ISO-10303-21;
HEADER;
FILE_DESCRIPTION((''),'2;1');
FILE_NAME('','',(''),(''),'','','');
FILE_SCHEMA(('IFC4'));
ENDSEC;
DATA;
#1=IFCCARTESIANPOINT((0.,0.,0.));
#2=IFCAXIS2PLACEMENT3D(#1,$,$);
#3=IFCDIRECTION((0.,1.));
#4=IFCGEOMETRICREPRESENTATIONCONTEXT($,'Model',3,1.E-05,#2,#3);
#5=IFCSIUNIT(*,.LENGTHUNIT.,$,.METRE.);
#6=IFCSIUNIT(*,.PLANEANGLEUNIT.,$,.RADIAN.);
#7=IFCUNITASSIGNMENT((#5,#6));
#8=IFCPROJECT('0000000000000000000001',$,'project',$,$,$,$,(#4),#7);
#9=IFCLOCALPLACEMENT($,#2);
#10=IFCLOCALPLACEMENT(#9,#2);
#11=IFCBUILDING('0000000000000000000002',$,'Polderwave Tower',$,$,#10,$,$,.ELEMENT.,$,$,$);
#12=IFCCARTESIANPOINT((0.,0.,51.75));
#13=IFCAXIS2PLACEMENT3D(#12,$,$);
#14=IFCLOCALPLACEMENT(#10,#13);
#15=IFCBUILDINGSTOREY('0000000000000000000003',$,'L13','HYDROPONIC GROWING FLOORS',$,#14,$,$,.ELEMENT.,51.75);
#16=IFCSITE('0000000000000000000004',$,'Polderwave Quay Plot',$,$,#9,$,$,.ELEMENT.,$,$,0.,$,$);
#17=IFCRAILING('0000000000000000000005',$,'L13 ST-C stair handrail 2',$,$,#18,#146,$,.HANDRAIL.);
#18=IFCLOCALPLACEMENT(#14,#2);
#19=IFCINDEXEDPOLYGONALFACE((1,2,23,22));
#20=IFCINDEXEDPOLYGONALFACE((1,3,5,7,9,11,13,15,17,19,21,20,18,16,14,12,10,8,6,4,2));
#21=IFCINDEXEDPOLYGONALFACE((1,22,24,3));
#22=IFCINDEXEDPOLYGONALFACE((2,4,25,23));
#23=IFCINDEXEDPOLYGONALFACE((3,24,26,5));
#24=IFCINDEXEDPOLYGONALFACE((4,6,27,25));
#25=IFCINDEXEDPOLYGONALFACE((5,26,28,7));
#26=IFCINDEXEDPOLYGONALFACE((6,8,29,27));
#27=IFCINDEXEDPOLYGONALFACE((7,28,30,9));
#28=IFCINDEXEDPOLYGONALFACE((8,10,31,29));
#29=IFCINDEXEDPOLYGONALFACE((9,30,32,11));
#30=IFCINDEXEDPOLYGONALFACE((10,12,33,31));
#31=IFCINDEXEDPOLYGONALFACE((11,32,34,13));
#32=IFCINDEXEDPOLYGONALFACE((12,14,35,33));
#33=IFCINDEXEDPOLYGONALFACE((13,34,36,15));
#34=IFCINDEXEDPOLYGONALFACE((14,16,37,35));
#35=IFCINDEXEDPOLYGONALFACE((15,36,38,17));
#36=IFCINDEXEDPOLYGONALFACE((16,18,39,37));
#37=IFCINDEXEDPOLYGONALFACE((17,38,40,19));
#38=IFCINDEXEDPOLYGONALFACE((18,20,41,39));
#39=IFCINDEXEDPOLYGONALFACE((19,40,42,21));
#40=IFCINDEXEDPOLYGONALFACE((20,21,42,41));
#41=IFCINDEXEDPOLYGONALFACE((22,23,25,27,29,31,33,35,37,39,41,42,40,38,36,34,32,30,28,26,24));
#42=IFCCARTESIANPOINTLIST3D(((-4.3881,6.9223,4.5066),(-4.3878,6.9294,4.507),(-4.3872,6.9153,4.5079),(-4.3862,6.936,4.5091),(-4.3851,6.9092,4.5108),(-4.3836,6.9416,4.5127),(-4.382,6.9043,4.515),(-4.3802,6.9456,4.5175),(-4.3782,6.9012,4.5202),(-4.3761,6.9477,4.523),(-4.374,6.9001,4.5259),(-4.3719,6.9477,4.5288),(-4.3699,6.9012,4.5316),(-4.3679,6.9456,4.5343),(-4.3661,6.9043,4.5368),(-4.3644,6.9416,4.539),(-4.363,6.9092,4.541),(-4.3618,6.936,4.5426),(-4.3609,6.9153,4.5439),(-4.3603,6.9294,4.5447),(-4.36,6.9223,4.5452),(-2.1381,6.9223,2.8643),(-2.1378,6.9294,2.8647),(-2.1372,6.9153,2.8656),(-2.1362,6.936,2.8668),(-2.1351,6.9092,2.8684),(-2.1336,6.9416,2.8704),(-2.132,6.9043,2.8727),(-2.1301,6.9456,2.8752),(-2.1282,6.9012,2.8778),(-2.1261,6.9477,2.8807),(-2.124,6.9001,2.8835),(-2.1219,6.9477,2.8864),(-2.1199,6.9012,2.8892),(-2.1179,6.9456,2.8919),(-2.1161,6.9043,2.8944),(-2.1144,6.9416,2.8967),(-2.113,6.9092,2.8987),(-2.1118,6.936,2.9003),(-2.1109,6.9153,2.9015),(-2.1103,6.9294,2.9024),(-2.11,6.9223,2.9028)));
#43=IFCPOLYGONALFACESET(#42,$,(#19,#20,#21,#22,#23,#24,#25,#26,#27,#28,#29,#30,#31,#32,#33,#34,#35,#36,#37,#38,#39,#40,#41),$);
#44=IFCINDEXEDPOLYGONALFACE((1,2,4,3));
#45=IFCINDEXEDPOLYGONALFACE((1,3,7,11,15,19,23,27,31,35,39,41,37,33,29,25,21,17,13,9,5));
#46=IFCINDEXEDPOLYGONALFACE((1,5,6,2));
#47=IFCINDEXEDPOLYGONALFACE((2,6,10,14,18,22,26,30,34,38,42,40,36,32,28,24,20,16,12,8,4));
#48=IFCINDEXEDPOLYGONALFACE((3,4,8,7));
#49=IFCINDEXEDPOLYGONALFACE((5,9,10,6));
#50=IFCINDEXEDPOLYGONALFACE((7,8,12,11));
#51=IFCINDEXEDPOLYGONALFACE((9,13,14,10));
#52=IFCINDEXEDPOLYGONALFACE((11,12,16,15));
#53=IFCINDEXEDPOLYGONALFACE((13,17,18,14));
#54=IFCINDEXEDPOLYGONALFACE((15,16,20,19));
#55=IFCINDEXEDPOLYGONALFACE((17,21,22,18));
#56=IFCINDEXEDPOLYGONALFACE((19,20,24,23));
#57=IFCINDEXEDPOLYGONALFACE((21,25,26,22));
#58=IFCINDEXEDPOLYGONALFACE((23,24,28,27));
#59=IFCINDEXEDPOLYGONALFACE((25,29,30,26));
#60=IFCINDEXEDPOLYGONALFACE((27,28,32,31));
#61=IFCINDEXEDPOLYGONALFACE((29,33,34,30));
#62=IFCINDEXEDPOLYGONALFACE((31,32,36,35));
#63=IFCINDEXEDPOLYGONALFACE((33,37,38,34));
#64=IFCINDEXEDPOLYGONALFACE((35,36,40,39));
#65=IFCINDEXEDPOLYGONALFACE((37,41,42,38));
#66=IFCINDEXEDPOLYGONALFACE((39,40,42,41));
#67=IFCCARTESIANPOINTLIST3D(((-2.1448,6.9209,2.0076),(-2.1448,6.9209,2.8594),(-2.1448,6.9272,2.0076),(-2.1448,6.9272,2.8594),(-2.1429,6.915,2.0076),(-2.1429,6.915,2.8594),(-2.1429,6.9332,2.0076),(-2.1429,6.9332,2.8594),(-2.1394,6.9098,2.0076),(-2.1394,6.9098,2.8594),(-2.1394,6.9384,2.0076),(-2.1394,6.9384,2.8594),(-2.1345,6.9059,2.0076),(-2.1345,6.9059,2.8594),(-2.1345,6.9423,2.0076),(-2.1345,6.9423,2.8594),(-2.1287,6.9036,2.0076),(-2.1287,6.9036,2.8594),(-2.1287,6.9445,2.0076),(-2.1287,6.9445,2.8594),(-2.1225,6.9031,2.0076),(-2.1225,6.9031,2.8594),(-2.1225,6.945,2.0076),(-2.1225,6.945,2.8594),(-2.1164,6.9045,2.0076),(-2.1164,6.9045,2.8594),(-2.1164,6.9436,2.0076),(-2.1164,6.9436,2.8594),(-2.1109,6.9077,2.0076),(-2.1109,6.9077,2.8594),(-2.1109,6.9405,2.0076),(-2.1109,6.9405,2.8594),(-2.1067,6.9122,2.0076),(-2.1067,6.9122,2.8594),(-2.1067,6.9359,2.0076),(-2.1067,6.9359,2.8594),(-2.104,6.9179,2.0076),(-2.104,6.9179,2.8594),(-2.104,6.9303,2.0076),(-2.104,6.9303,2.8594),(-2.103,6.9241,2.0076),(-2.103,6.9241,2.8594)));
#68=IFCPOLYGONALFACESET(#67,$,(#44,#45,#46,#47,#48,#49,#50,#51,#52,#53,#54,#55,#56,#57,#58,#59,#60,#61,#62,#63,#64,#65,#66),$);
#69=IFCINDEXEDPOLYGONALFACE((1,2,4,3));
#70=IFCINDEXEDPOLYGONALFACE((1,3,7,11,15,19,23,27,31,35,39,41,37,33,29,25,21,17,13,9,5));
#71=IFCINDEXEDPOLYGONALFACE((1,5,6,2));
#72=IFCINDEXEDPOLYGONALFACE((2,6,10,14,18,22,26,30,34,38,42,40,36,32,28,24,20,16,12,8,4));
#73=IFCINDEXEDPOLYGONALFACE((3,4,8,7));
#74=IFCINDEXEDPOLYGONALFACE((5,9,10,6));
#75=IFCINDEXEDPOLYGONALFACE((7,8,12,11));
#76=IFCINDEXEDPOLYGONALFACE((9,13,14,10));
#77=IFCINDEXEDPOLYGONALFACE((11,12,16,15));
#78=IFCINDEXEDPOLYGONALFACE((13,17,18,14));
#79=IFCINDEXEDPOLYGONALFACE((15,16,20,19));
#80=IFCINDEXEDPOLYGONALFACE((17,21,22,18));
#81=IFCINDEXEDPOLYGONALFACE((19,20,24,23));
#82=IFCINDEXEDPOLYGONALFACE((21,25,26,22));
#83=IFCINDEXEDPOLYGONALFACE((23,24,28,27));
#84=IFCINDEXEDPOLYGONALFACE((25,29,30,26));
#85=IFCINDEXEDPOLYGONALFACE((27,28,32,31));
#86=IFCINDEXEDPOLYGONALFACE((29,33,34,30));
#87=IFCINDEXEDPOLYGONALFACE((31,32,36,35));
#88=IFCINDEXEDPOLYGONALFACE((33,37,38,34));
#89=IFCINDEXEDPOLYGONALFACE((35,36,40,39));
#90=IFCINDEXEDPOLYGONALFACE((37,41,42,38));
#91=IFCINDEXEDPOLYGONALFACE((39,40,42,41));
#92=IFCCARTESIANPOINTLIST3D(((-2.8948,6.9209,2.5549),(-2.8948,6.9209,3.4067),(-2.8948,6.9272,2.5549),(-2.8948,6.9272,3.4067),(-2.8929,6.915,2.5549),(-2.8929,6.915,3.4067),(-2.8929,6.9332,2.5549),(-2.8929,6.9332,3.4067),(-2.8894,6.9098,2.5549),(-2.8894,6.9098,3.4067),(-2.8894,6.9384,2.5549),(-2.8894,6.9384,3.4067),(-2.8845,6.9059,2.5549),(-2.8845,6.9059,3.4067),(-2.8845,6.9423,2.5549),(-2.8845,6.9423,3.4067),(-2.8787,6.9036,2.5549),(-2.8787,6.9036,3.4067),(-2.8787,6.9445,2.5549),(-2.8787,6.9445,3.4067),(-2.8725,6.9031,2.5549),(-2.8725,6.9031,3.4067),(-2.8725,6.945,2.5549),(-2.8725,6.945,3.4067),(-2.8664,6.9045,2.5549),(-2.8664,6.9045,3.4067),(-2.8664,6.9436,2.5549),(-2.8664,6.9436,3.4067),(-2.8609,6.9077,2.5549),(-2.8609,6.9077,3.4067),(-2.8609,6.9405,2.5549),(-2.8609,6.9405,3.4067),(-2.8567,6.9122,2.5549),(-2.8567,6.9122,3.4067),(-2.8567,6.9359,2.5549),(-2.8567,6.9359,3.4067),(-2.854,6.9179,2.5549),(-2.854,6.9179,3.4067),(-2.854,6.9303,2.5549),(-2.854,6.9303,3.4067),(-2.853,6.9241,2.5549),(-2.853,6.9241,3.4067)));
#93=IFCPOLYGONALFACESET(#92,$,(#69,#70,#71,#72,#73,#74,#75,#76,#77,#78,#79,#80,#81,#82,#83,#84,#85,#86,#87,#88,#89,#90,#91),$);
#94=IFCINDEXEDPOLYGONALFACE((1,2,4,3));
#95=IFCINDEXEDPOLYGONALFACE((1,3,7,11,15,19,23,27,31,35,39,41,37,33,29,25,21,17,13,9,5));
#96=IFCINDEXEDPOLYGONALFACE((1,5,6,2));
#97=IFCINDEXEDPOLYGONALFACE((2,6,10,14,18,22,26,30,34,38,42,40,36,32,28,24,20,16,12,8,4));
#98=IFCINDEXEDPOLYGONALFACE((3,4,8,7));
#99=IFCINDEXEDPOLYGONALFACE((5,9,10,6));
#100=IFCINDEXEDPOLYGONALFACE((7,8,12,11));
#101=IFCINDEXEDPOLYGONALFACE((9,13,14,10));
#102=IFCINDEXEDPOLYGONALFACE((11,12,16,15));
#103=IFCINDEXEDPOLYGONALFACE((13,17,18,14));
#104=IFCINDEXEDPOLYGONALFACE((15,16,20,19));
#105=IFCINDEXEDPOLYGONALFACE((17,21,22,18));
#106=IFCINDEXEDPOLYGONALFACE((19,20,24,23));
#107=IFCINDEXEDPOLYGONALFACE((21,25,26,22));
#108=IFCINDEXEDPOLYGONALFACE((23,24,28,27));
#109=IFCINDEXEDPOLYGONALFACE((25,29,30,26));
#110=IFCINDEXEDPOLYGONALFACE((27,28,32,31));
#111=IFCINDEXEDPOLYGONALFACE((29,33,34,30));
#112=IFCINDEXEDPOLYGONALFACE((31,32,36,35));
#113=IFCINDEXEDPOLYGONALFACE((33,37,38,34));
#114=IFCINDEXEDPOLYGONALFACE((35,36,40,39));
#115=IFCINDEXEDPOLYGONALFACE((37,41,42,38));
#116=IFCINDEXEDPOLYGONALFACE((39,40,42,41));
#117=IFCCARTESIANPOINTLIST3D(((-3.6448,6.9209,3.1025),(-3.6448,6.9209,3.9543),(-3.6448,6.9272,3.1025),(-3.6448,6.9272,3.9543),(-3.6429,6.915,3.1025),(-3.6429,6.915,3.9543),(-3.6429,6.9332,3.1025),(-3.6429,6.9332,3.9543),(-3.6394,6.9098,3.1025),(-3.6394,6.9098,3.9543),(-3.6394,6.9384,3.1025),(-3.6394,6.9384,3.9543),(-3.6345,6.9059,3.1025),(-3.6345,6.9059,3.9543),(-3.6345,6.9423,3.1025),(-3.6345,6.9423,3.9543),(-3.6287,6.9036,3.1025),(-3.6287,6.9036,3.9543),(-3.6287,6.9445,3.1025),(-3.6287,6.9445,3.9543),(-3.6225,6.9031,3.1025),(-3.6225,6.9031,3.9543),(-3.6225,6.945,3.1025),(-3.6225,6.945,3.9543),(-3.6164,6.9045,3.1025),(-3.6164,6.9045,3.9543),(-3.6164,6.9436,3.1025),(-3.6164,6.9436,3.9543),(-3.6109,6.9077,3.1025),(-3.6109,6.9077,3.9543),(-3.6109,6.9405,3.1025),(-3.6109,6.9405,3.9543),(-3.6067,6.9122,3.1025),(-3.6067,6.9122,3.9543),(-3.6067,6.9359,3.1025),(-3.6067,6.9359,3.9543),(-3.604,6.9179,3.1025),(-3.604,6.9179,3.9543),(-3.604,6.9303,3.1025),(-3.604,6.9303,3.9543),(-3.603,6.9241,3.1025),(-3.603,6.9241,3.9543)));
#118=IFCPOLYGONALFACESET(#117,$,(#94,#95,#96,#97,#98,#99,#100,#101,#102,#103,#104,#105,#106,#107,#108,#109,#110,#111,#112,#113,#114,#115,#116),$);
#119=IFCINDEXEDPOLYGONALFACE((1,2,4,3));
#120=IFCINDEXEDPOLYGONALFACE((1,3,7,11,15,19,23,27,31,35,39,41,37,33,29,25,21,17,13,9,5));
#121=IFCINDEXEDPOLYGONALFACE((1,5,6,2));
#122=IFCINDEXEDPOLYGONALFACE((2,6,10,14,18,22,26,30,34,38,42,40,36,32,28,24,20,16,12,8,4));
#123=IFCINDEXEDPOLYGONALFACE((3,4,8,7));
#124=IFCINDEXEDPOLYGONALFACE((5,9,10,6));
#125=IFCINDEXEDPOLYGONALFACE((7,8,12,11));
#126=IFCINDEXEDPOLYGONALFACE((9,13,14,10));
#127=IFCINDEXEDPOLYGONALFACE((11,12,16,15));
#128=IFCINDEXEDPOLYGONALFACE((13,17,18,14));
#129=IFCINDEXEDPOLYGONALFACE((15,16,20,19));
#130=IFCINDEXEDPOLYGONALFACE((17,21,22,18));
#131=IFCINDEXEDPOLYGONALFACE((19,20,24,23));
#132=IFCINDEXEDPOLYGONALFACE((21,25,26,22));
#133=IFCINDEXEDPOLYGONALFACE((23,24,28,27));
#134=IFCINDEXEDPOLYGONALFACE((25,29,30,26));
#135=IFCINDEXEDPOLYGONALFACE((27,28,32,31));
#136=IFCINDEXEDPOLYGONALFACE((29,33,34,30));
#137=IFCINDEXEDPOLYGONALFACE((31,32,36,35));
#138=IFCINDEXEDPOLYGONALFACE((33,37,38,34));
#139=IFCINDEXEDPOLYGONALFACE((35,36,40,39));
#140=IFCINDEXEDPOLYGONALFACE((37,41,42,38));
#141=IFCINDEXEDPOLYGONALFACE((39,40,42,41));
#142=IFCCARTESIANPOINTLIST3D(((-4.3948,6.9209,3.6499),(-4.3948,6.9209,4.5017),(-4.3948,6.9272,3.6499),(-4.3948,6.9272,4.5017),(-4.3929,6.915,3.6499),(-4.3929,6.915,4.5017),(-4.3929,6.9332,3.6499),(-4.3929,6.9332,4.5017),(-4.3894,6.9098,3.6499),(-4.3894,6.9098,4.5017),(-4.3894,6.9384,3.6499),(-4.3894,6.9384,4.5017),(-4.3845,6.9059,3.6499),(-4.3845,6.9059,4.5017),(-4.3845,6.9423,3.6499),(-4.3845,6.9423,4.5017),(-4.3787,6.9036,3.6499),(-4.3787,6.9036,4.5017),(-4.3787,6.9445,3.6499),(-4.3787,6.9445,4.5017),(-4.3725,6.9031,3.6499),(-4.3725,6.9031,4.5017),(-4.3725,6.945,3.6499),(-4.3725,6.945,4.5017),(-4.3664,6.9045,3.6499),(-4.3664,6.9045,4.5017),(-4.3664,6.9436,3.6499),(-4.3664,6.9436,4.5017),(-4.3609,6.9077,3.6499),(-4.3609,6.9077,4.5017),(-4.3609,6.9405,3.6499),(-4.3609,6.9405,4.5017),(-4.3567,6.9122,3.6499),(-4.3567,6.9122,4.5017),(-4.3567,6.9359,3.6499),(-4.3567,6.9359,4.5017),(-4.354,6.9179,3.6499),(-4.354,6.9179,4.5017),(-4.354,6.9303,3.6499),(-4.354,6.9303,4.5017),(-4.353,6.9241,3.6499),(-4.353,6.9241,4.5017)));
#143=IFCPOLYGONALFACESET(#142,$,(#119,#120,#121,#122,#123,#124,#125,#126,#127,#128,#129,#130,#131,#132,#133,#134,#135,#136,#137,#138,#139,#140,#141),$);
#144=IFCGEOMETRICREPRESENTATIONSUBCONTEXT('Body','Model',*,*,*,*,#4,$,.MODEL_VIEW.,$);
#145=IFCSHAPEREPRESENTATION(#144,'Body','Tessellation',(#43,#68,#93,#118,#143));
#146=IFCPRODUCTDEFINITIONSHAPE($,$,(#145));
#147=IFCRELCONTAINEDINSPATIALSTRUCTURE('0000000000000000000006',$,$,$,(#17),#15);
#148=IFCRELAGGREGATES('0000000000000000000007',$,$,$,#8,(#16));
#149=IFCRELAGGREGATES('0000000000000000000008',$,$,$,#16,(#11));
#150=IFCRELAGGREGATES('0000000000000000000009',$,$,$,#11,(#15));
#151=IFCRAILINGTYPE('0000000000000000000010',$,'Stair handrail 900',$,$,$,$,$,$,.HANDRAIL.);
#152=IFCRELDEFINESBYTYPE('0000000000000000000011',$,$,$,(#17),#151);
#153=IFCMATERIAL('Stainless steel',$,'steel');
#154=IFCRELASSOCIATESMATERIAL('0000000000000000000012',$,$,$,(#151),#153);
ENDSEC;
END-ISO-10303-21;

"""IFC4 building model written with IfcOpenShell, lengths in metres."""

from ifc_helpers import new_model, si_unit, direction, frame, origin, origin_2d, place, context, subcontext, project, spatial, circle, extrude, material, type_object, element, save


model = new_model("IFC4")

# Units and contexts
model_context = context("Model", 3, precision=1e-05, world=origin(), true_north=direction((0.0, 1.0)))
body_context = subcontext(model_context, "Body", "Model", "MODEL_VIEW")
ifc_project = project(units=[si_unit("LENGTHUNIT", "METRE"), si_unit("PLANEANGLEUNIT", "RADIAN")], contexts=[model_context])

# Site, building, storey
site_placement = place(None, origin())
site = spatial("IfcSite", under=ifc_project, at=site_placement, Name="Polderwave Quay Plot", CompositionType="ELEMENT", RefElevation=0.0)
building_placement = place(site_placement, origin())
building = spatial("IfcBuilding", under=site, at=building_placement, Name="Polderwave Tower", CompositionType="ELEMENT")
storey_placement = place(building_placement, frame((0.0, 0.0, 51.75)))
storey = spatial("IfcBuildingStorey", under=building, at=storey_placement, Name="L13", Description="HYDROPONIC GROWING FLOORS", CompositionType="ELEMENT", Elevation=51.75)

# Railing
ifc_material_1 = material(Name="Stainless steel", Category="steel")
railing_type_1 = type_object("IfcRailingType", Name="Stair handrail 900", PredefinedType="HANDRAIL", material=ifc_material_1)
railing_1_placement = place(storey_placement, frame((-2.124, 6.9241, 2.0076)))
element("IfcRailing", 1, at=railing_1_placement, inside=storey, type_object=railing_type_1, Name="L13 ST-C stair handrail 2", PredefinedType="HANDRAIL", context=body_context, shape_type="SweptSolid", body=[
    extrude(circle(Radius=0.0239, at=origin_2d()), frame((0.0, 0.0, 0.876), z_axis=(-0.807715, 0.0, 0.589573), x_axis=(0.0, -1.0, 0.0)), (0.0, 0.0, 1.0), 2.7856),
    extrude(circle(Radius=0.021, at=origin_2d()), origin(), (0.0, 0.0, 1.0), 0.8518),
    extrude(circle(Radius=0.021, at=origin_2d()), frame((-0.75, 0.0, 0.5474)), (0.0, 0.0, 1.0), 0.8518),
    extrude(circle(Radius=0.021, at=origin_2d()), frame((-1.5, 0.0, 1.095)), (0.0, 0.0, 1.0), 0.8518),
    extrude(circle(Radius=0.021, at=origin_2d()), frame((-2.25, 0.0, 1.6423)), (0.0, 0.0, 1.0), 0.8518),
])

save(model, "model.ifc")
